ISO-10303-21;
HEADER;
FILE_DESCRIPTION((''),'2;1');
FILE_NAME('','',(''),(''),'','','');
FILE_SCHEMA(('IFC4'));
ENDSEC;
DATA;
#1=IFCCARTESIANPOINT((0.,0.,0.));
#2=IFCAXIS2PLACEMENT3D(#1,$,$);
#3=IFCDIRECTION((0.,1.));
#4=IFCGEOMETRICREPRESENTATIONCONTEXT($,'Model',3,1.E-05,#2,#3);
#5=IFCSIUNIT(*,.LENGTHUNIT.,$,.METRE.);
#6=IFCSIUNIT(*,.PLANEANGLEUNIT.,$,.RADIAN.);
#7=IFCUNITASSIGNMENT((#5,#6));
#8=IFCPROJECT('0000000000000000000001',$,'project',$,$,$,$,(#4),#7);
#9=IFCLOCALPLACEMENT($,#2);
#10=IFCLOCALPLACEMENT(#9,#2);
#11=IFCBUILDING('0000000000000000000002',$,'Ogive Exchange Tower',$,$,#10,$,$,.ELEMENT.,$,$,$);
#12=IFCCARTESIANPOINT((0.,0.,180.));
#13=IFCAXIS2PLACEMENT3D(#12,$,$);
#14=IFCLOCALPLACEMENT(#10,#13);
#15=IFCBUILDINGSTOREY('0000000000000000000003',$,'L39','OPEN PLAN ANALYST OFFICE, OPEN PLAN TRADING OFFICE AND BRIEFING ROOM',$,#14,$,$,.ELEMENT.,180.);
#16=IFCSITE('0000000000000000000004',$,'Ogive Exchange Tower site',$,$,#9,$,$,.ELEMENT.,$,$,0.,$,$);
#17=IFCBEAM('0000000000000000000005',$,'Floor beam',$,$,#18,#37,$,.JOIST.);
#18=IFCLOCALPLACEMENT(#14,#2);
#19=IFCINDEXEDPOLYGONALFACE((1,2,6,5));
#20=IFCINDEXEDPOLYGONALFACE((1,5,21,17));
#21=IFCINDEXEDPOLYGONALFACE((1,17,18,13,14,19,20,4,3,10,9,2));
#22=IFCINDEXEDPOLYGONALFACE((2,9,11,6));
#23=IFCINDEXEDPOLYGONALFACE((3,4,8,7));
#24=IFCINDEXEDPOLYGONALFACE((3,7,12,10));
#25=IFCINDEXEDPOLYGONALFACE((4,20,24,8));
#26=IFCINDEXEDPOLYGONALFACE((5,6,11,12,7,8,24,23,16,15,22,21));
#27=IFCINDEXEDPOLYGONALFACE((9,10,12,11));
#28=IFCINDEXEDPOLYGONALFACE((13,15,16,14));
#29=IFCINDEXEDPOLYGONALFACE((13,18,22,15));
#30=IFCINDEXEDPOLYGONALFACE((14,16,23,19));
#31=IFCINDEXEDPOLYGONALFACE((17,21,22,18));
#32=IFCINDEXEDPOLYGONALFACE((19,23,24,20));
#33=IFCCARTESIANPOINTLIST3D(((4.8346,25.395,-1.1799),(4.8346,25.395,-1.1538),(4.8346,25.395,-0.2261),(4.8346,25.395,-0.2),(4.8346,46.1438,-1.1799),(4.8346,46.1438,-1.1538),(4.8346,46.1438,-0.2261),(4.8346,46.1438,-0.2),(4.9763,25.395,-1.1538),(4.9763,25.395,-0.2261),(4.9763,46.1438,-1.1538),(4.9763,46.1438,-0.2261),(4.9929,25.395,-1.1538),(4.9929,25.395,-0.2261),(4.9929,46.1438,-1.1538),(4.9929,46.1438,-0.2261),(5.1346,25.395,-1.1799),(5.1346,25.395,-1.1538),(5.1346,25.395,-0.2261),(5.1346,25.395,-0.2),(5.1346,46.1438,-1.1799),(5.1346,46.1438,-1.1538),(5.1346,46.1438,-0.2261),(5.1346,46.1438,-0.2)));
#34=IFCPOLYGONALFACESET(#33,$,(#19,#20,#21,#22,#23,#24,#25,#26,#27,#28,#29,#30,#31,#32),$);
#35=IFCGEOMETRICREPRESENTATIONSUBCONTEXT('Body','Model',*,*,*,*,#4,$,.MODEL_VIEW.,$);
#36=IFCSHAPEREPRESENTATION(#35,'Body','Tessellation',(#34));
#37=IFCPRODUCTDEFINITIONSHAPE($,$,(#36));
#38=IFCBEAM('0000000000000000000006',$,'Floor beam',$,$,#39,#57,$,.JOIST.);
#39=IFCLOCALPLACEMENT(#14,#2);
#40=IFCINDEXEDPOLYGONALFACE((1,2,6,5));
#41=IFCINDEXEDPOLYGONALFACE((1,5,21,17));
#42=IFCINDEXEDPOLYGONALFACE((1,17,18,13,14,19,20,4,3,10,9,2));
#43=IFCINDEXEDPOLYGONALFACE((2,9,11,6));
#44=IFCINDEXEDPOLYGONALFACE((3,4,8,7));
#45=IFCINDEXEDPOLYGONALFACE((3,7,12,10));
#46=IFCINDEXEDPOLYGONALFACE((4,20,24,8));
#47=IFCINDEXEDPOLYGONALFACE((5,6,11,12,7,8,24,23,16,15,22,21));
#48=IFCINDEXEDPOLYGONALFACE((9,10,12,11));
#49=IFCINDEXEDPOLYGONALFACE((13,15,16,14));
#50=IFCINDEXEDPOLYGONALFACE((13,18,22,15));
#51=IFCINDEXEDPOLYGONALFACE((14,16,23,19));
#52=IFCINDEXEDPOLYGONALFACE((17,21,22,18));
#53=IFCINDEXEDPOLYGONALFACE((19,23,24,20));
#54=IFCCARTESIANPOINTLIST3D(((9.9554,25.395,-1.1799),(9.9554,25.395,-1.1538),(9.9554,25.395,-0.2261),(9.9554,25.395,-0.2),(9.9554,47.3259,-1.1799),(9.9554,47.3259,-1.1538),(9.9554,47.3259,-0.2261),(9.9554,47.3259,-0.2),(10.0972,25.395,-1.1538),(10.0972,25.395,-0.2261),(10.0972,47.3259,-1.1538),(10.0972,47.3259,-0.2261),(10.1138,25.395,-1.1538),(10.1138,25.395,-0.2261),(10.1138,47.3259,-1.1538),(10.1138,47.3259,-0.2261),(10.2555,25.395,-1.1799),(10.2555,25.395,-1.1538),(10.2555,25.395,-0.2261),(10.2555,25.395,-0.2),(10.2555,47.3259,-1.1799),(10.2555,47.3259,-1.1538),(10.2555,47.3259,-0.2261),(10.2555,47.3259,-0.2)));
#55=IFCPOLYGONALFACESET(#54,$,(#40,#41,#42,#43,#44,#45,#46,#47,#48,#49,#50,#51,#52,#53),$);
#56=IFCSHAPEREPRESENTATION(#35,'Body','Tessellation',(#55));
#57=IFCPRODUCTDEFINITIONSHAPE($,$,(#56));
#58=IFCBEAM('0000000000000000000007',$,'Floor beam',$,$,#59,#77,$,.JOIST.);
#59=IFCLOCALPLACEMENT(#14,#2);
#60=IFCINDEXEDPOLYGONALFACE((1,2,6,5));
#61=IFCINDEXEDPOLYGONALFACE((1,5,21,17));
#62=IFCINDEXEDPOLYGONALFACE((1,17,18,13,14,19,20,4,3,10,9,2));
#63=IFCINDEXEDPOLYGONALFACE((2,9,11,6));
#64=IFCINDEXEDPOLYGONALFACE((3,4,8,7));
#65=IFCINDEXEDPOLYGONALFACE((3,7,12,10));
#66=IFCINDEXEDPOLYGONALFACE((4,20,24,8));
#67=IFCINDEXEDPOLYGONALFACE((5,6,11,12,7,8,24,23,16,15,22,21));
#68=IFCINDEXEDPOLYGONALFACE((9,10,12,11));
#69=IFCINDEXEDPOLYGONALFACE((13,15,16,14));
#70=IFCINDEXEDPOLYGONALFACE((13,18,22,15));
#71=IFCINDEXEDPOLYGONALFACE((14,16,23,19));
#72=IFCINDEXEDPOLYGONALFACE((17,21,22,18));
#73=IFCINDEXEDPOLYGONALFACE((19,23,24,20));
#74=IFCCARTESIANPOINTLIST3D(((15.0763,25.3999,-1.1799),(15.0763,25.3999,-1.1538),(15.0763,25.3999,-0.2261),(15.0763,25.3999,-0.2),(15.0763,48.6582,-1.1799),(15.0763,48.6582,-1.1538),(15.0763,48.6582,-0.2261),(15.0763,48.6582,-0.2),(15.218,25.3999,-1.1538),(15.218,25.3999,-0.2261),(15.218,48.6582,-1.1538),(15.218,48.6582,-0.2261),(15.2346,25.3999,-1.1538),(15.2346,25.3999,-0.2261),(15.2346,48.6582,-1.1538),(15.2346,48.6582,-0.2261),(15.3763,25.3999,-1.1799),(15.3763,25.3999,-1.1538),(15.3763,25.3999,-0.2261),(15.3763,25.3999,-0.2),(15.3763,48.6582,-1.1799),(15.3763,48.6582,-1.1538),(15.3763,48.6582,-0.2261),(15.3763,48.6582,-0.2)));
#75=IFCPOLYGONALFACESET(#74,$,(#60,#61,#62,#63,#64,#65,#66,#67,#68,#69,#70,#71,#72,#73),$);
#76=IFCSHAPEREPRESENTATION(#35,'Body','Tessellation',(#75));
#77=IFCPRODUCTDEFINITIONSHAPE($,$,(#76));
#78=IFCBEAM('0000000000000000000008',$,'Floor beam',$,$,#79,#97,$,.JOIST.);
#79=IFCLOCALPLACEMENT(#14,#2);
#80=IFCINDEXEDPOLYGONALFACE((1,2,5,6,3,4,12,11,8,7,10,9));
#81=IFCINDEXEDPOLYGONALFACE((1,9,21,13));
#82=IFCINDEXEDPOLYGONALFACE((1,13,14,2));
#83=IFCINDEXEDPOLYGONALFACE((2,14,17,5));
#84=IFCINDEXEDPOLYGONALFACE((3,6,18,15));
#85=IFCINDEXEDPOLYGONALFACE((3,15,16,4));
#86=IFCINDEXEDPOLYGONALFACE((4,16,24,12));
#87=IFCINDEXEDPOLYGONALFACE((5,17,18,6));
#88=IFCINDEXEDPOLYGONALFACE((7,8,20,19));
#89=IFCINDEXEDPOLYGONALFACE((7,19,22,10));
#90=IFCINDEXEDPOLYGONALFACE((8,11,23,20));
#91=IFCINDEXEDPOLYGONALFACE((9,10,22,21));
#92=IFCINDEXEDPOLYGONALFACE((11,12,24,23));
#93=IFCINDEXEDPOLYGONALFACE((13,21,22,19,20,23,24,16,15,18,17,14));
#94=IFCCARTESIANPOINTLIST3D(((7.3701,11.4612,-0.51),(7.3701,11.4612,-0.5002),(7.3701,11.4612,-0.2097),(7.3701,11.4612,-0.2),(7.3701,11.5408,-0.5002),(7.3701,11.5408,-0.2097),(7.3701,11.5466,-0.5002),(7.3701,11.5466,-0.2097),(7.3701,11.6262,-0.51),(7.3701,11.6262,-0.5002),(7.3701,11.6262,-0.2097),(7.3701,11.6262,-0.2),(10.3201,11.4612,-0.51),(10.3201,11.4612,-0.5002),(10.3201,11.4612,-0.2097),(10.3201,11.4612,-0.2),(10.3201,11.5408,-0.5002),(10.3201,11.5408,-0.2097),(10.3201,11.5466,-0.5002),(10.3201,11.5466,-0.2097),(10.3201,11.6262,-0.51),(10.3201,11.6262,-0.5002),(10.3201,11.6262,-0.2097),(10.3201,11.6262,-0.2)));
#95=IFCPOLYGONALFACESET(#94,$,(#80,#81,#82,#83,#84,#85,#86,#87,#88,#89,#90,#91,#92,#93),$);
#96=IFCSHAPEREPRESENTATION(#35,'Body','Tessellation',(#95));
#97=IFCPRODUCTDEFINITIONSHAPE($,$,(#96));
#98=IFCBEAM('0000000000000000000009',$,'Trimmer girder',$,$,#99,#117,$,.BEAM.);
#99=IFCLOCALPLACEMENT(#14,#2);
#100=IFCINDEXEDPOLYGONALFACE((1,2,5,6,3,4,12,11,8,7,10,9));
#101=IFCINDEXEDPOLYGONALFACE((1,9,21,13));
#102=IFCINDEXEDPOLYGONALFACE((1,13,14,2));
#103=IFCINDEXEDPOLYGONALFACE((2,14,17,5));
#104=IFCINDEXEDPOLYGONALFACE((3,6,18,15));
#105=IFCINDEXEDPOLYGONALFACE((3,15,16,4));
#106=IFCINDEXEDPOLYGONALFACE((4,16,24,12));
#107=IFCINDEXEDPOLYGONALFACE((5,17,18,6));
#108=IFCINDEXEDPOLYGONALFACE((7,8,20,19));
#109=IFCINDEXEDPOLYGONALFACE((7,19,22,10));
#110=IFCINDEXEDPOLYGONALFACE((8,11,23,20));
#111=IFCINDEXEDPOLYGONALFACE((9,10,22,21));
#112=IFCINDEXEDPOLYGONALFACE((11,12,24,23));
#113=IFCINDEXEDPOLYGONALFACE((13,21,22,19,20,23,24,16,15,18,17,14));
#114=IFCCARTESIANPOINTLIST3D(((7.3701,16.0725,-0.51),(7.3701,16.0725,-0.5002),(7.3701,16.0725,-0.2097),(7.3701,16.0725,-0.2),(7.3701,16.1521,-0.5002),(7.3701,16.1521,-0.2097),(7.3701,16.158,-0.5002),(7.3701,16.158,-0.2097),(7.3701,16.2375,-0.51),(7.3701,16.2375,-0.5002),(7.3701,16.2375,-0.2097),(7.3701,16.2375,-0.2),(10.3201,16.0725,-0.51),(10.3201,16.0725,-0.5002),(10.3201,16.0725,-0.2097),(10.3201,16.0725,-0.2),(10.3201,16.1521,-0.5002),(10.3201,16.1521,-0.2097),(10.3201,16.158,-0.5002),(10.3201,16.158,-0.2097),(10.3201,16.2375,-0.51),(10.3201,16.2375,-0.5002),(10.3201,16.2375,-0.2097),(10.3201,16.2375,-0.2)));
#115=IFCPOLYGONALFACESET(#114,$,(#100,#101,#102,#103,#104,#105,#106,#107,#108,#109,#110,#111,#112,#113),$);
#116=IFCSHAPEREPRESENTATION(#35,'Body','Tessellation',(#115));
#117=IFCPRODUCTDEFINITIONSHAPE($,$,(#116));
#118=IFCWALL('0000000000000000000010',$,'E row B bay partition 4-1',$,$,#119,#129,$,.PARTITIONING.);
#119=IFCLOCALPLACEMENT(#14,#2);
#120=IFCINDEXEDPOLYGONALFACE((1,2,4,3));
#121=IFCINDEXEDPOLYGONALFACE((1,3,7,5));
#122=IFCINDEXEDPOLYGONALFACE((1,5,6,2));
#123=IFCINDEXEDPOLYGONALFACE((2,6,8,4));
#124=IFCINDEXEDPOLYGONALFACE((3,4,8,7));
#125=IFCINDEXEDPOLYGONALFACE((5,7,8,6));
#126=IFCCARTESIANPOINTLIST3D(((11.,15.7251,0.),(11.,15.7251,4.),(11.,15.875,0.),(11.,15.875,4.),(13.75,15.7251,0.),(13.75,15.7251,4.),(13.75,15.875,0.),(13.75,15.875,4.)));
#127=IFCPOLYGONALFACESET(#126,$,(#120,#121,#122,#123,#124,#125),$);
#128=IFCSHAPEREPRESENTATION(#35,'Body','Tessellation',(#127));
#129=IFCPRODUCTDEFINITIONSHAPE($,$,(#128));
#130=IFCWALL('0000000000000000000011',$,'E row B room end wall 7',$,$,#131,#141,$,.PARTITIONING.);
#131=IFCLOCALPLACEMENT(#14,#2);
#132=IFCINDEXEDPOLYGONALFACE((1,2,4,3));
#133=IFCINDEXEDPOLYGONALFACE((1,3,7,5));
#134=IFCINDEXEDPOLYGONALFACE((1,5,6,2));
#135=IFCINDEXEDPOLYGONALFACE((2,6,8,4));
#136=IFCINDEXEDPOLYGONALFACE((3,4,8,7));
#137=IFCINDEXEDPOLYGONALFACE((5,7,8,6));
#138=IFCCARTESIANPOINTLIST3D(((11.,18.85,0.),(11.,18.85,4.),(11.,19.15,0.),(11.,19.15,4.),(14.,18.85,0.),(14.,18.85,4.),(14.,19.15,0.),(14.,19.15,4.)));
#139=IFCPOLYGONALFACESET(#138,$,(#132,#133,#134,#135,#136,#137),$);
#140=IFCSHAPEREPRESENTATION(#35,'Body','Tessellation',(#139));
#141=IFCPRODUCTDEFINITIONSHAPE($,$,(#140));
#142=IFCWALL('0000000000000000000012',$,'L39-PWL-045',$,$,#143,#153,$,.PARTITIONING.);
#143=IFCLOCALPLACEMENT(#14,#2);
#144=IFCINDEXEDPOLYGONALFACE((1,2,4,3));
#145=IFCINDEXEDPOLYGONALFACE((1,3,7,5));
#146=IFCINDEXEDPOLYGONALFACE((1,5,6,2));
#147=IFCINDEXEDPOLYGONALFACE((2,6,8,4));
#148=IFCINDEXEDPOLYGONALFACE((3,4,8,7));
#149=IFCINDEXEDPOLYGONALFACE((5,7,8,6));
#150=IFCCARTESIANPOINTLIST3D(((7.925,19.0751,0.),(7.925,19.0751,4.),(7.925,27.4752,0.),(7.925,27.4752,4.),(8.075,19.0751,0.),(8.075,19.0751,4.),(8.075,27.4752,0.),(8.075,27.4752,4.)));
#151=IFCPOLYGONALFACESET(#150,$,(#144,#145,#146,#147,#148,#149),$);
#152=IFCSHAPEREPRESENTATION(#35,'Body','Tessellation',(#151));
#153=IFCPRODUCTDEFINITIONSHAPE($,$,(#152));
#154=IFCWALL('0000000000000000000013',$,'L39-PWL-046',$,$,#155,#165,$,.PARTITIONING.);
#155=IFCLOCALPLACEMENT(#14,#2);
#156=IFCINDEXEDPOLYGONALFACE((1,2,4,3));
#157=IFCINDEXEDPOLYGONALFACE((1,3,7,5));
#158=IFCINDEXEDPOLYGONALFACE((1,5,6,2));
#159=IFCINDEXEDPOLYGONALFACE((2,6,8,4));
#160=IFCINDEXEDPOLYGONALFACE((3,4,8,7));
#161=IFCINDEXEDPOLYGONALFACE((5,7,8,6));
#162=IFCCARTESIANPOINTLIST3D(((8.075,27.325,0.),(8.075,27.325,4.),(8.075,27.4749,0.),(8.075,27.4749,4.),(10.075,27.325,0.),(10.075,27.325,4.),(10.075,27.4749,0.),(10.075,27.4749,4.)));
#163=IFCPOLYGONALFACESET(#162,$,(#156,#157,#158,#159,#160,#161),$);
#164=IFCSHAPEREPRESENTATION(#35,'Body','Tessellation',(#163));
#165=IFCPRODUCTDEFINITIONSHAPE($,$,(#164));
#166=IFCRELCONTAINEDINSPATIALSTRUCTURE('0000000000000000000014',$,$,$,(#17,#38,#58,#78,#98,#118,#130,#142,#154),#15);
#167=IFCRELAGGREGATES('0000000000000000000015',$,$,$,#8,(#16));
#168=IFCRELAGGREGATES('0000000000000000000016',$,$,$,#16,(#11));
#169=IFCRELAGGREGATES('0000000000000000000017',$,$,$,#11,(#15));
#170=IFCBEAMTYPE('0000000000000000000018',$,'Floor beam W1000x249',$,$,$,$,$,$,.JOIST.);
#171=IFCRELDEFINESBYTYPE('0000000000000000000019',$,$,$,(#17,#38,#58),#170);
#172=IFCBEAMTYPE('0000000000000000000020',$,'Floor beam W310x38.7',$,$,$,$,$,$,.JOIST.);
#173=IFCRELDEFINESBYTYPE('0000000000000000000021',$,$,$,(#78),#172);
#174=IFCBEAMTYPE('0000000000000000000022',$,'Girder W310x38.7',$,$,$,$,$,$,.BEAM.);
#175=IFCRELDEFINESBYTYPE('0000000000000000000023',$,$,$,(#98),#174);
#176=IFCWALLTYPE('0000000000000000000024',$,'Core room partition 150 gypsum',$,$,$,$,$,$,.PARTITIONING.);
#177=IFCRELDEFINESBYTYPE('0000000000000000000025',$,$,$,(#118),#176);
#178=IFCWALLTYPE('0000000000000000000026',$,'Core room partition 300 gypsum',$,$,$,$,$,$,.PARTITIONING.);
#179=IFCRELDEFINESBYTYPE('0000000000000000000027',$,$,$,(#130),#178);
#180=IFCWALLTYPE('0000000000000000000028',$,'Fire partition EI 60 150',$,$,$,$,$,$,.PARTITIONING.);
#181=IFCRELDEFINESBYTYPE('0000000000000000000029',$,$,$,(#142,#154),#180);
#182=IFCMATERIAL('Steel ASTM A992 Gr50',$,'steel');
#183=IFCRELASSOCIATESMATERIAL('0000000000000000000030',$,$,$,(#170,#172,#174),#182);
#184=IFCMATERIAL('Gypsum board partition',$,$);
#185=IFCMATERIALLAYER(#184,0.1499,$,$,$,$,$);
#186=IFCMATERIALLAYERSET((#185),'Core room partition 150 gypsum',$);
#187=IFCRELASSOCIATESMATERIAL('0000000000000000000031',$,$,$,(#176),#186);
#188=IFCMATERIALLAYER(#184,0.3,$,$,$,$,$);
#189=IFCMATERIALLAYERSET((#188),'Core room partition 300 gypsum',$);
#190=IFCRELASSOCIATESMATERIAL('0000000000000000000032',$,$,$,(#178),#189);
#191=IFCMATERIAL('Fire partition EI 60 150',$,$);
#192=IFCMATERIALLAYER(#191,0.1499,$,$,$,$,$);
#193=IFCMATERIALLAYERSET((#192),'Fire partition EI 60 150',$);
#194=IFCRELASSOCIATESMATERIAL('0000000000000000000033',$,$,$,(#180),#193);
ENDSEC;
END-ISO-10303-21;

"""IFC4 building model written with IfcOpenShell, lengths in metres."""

from ifc_helpers import new_model, si_unit, direction, frame, frame_2d, origin, origin_2d, place, context, subcontext, project, spatial, rectangle, i_section, extrude, material, layer, layer_set, material_profile, profile_set, type_object, element, save


model = new_model("IFC4")

# Units and contexts
model_context = context("Model", 3, precision=1e-05, world=origin(), true_north=direction((0.0, 1.0)))
body_context = subcontext(model_context, "Body", "Model", "MODEL_VIEW")
ifc_project = project(units=[si_unit("LENGTHUNIT", "METRE"), si_unit("PLANEANGLEUNIT", "RADIAN")], contexts=[model_context])

# Site, building, storey
site_placement = place(None, origin())
site = spatial("IfcSite", under=ifc_project, at=site_placement, Name="Ogive Exchange Tower site", CompositionType="ELEMENT", RefElevation=0.0)
building_placement = place(site_placement, origin())
building = spatial("IfcBuilding", under=site, at=building_placement, Name="Ogive Exchange Tower", CompositionType="ELEMENT")
storey_placement = place(building_placement, frame((0.0, 0.0, 180.0)))
storey = spatial("IfcBuildingStorey", under=building, at=storey_placement, Name="L39", Description="OPEN PLAN ANALYST OFFICE, OPEN PLAN TRADING OFFICE AND BRIEFING ROOM", CompositionType="ELEMENT", Elevation=180.0)

# Beams
ifc_material_1 = material(Name="Steel ASTM A992 Gr50", Category="steel")
ifc_material_profile_1 = material_profile(ifc_material_1, i_section(OverallWidth=0.3, OverallDepth=0.98, WebThickness=0.0166, FlangeThickness=0.0261, at=origin_2d()), Name="W1000x249")
ifc_profile_set_1 = profile_set([ifc_material_profile_1], Name="Steel ASTM A992 Gr50")
beam_type_1 = type_object("IfcBeamType", Name="Floor beam W1000x249", PredefinedType="JOIST", material=ifc_profile_set_1)
beam_1_placement = place(storey_placement, frame((4.9846, 25.395, -0.6899), z_axis=(0.0, 1.0, 0.0), x_axis=(-1.0, 0.0, 0.0)))
element("IfcBeam", 1, at=beam_1_placement, inside=storey, type_object=beam_type_1, Name="Floor beam", PredefinedType="JOIST", context=body_context, shape_type="SweptSolid", body=[
    extrude(i_section(OverallWidth=0.3, OverallDepth=0.98, WebThickness=0.0166, FlangeThickness=0.0261, at=origin_2d()), origin(), (0.0, 0.0, 1.0), 20.7488),
])
beam_2_placement = place(storey_placement, frame((10.1055, 25.395, -0.6899), z_axis=(0.0, 1.0, 0.0), x_axis=(-1.0, 0.0, 0.0)))
element("IfcBeam", 2, at=beam_2_placement, inside=storey, type_object=beam_type_1, Name="Floor beam", PredefinedType="JOIST", context=body_context, shape_type="SweptSolid", body=[
    extrude(i_section(OverallWidth=0.3, OverallDepth=0.98, WebThickness=0.0166, FlangeThickness=0.0261, at=origin_2d()), origin(), (0.0, 0.0, 1.0), 21.9309),
])
beam_3_placement = place(storey_placement, frame((15.2263, 25.3999, -0.6899), z_axis=(0.0, 1.0, 0.0), x_axis=(-1.0, 0.0, 0.0)))
element("IfcBeam", 3, at=beam_3_placement, inside=storey, type_object=beam_type_1, Name="Floor beam", PredefinedType="JOIST", context=body_context, shape_type="SweptSolid", body=[
    extrude(i_section(OverallWidth=0.3, OverallDepth=0.98, WebThickness=0.0166, FlangeThickness=0.0261, at=origin_2d()), origin(), (0.0, 0.0, 1.0), 23.2583),
])
ifc_material_profile_2 = material_profile(ifc_material_1, i_section(OverallWidth=0.165, OverallDepth=0.3101, WebThickness=0.0059, FlangeThickness=0.0098, at=origin_2d()), Name="W310x38.7")
ifc_profile_set_2 = profile_set([ifc_material_profile_2], Name="Steel ASTM A992 Gr50")
beam_type_2 = type_object("IfcBeamType", Name="Floor beam W310x38.7", PredefinedType="JOIST", material=ifc_profile_set_2)
beam_4_placement = place(storey_placement, frame((7.3701, 11.5437, -0.355), z_axis=(1.0, 0.0, 0.0), x_axis=(0.0, 1.0, 0.0)))
element("IfcBeam", 4, at=beam_4_placement, inside=storey, type_object=beam_type_2, Name="Floor beam", PredefinedType="JOIST", context=body_context, shape_type="SweptSolid", body=[
    extrude(i_section(OverallWidth=0.165, OverallDepth=0.3101, WebThickness=0.0059, FlangeThickness=0.0098, at=origin_2d()), origin(), (0.0, 0.0, 1.0), 2.95),
])
ifc_material_profile_3 = material_profile(ifc_material_1, i_section(OverallWidth=0.165, OverallDepth=0.3101, WebThickness=0.0059, FlangeThickness=0.0098, at=origin_2d()), Name="W310x38.7")
ifc_profile_set_3 = profile_set([ifc_material_profile_3], Name="Steel ASTM A992 Gr50")
beam_type_3 = type_object("IfcBeamType", Name="Girder W310x38.7", PredefinedType="BEAM", material=ifc_profile_set_3)
beam_5_placement = place(storey_placement, frame((7.3701, 16.155, -0.355), z_axis=(1.0, 0.0, 0.0), x_axis=(0.0, 1.0, 0.0)))
element("IfcBeam", 5, at=beam_5_placement, inside=storey, type_object=beam_type_3, Name="Trimmer girder", PredefinedType="BEAM", context=body_context, shape_type="SweptSolid", body=[
    extrude(i_section(OverallWidth=0.165, OverallDepth=0.3101, WebThickness=0.0059, FlangeThickness=0.0098, at=origin_2d()), origin(), (0.0, 0.0, 1.0), 2.95),
])

# Walls
ifc_material_2 = material(Name="Gypsum board partition")
ifc_layer_1 = layer(ifc_material_2, 0.1499)
ifc_layer_set_1 = layer_set([ifc_layer_1], Name="Core room partition 150 gypsum")
wall_type_1 = type_object("IfcWallType", Name="Core room partition 150 gypsum", PredefinedType="PARTITIONING", material=ifc_layer_set_1)
wall_1_placement = place(storey_placement, frame((11.0, 15.8, 0.0), z_axis=(0.0, 0.0, 1.0), x_axis=(1.0, 0.0, 0.0)))
element("IfcWall", 6, at=wall_1_placement, inside=storey, type_object=wall_type_1, Name="E row B bay partition 4-1", PredefinedType="PARTITIONING", context=body_context, shape_type="SweptSolid", body=[
    extrude(rectangle(XDim=2.75, YDim=0.1499, at=frame_2d((1.375, 0.0))), origin(), (0.0, 0.0, 1.0), 4.0),
])
ifc_layer_2 = layer(ifc_material_2, 0.3)
ifc_layer_set_2 = layer_set([ifc_layer_2], Name="Core room partition 300 gypsum")
wall_type_2 = type_object("IfcWallType", Name="Core room partition 300 gypsum", PredefinedType="PARTITIONING", material=ifc_layer_set_2)
wall_2_placement = place(storey_placement, frame((11.0, 19.0, 0.0), z_axis=(0.0, 0.0, 1.0), x_axis=(1.0, 0.0, 0.0)))
element("IfcWall", 7, at=wall_2_placement, inside=storey, type_object=wall_type_2, Name="E row B room end wall 7", PredefinedType="PARTITIONING", context=body_context, shape_type="SweptSolid", body=[
    extrude(rectangle(XDim=3.0, YDim=0.3, at=frame_2d((1.5, 0.0))), origin(), (0.0, 0.0, 1.0), 4.0),
])
ifc_material_3 = material(Name="Fire partition EI 60 150")
ifc_layer_3 = layer(ifc_material_3, 0.1499)
ifc_layer_set_3 = layer_set([ifc_layer_3], Name="Fire partition EI 60 150")
wall_type_3 = type_object("IfcWallType", Name="Fire partition EI 60 150", PredefinedType="PARTITIONING", material=ifc_layer_set_3)
wall_3_placement = place(storey_placement, frame((8.0, 19.075, 0.0), z_axis=(0.0, 0.0, 1.0), x_axis=(0.0, 1.0, 0.0)))
element("IfcWall", 8, at=wall_3_placement, inside=storey, type_object=wall_type_3, Name="L39-PWL-045", PredefinedType="PARTITIONING", context=body_context, shape_type="SweptSolid", body=[
    extrude(rectangle(XDim=8.4001, YDim=0.1499, at=frame_2d((4.2002, 0.0))), origin(), (0.0, 0.0, 1.0), 4.0),
])
wall_4_placement = place(storey_placement, frame((8.075, 27.3999, 0.0), z_axis=(0.0, 0.0, 1.0), x_axis=(1.0, 0.0, 0.0)))
element("IfcWall", 9, at=wall_4_placement, inside=storey, type_object=wall_type_3, Name="L39-PWL-046", PredefinedType="PARTITIONING", context=body_context, shape_type="SweptSolid", body=[
    extrude(rectangle(XDim=2.0, YDim=0.1499, at=frame_2d((1.0, 0.0))), origin(), (0.0, 0.0, 1.0), 4.0),
])

save(model, "model.ifc")
